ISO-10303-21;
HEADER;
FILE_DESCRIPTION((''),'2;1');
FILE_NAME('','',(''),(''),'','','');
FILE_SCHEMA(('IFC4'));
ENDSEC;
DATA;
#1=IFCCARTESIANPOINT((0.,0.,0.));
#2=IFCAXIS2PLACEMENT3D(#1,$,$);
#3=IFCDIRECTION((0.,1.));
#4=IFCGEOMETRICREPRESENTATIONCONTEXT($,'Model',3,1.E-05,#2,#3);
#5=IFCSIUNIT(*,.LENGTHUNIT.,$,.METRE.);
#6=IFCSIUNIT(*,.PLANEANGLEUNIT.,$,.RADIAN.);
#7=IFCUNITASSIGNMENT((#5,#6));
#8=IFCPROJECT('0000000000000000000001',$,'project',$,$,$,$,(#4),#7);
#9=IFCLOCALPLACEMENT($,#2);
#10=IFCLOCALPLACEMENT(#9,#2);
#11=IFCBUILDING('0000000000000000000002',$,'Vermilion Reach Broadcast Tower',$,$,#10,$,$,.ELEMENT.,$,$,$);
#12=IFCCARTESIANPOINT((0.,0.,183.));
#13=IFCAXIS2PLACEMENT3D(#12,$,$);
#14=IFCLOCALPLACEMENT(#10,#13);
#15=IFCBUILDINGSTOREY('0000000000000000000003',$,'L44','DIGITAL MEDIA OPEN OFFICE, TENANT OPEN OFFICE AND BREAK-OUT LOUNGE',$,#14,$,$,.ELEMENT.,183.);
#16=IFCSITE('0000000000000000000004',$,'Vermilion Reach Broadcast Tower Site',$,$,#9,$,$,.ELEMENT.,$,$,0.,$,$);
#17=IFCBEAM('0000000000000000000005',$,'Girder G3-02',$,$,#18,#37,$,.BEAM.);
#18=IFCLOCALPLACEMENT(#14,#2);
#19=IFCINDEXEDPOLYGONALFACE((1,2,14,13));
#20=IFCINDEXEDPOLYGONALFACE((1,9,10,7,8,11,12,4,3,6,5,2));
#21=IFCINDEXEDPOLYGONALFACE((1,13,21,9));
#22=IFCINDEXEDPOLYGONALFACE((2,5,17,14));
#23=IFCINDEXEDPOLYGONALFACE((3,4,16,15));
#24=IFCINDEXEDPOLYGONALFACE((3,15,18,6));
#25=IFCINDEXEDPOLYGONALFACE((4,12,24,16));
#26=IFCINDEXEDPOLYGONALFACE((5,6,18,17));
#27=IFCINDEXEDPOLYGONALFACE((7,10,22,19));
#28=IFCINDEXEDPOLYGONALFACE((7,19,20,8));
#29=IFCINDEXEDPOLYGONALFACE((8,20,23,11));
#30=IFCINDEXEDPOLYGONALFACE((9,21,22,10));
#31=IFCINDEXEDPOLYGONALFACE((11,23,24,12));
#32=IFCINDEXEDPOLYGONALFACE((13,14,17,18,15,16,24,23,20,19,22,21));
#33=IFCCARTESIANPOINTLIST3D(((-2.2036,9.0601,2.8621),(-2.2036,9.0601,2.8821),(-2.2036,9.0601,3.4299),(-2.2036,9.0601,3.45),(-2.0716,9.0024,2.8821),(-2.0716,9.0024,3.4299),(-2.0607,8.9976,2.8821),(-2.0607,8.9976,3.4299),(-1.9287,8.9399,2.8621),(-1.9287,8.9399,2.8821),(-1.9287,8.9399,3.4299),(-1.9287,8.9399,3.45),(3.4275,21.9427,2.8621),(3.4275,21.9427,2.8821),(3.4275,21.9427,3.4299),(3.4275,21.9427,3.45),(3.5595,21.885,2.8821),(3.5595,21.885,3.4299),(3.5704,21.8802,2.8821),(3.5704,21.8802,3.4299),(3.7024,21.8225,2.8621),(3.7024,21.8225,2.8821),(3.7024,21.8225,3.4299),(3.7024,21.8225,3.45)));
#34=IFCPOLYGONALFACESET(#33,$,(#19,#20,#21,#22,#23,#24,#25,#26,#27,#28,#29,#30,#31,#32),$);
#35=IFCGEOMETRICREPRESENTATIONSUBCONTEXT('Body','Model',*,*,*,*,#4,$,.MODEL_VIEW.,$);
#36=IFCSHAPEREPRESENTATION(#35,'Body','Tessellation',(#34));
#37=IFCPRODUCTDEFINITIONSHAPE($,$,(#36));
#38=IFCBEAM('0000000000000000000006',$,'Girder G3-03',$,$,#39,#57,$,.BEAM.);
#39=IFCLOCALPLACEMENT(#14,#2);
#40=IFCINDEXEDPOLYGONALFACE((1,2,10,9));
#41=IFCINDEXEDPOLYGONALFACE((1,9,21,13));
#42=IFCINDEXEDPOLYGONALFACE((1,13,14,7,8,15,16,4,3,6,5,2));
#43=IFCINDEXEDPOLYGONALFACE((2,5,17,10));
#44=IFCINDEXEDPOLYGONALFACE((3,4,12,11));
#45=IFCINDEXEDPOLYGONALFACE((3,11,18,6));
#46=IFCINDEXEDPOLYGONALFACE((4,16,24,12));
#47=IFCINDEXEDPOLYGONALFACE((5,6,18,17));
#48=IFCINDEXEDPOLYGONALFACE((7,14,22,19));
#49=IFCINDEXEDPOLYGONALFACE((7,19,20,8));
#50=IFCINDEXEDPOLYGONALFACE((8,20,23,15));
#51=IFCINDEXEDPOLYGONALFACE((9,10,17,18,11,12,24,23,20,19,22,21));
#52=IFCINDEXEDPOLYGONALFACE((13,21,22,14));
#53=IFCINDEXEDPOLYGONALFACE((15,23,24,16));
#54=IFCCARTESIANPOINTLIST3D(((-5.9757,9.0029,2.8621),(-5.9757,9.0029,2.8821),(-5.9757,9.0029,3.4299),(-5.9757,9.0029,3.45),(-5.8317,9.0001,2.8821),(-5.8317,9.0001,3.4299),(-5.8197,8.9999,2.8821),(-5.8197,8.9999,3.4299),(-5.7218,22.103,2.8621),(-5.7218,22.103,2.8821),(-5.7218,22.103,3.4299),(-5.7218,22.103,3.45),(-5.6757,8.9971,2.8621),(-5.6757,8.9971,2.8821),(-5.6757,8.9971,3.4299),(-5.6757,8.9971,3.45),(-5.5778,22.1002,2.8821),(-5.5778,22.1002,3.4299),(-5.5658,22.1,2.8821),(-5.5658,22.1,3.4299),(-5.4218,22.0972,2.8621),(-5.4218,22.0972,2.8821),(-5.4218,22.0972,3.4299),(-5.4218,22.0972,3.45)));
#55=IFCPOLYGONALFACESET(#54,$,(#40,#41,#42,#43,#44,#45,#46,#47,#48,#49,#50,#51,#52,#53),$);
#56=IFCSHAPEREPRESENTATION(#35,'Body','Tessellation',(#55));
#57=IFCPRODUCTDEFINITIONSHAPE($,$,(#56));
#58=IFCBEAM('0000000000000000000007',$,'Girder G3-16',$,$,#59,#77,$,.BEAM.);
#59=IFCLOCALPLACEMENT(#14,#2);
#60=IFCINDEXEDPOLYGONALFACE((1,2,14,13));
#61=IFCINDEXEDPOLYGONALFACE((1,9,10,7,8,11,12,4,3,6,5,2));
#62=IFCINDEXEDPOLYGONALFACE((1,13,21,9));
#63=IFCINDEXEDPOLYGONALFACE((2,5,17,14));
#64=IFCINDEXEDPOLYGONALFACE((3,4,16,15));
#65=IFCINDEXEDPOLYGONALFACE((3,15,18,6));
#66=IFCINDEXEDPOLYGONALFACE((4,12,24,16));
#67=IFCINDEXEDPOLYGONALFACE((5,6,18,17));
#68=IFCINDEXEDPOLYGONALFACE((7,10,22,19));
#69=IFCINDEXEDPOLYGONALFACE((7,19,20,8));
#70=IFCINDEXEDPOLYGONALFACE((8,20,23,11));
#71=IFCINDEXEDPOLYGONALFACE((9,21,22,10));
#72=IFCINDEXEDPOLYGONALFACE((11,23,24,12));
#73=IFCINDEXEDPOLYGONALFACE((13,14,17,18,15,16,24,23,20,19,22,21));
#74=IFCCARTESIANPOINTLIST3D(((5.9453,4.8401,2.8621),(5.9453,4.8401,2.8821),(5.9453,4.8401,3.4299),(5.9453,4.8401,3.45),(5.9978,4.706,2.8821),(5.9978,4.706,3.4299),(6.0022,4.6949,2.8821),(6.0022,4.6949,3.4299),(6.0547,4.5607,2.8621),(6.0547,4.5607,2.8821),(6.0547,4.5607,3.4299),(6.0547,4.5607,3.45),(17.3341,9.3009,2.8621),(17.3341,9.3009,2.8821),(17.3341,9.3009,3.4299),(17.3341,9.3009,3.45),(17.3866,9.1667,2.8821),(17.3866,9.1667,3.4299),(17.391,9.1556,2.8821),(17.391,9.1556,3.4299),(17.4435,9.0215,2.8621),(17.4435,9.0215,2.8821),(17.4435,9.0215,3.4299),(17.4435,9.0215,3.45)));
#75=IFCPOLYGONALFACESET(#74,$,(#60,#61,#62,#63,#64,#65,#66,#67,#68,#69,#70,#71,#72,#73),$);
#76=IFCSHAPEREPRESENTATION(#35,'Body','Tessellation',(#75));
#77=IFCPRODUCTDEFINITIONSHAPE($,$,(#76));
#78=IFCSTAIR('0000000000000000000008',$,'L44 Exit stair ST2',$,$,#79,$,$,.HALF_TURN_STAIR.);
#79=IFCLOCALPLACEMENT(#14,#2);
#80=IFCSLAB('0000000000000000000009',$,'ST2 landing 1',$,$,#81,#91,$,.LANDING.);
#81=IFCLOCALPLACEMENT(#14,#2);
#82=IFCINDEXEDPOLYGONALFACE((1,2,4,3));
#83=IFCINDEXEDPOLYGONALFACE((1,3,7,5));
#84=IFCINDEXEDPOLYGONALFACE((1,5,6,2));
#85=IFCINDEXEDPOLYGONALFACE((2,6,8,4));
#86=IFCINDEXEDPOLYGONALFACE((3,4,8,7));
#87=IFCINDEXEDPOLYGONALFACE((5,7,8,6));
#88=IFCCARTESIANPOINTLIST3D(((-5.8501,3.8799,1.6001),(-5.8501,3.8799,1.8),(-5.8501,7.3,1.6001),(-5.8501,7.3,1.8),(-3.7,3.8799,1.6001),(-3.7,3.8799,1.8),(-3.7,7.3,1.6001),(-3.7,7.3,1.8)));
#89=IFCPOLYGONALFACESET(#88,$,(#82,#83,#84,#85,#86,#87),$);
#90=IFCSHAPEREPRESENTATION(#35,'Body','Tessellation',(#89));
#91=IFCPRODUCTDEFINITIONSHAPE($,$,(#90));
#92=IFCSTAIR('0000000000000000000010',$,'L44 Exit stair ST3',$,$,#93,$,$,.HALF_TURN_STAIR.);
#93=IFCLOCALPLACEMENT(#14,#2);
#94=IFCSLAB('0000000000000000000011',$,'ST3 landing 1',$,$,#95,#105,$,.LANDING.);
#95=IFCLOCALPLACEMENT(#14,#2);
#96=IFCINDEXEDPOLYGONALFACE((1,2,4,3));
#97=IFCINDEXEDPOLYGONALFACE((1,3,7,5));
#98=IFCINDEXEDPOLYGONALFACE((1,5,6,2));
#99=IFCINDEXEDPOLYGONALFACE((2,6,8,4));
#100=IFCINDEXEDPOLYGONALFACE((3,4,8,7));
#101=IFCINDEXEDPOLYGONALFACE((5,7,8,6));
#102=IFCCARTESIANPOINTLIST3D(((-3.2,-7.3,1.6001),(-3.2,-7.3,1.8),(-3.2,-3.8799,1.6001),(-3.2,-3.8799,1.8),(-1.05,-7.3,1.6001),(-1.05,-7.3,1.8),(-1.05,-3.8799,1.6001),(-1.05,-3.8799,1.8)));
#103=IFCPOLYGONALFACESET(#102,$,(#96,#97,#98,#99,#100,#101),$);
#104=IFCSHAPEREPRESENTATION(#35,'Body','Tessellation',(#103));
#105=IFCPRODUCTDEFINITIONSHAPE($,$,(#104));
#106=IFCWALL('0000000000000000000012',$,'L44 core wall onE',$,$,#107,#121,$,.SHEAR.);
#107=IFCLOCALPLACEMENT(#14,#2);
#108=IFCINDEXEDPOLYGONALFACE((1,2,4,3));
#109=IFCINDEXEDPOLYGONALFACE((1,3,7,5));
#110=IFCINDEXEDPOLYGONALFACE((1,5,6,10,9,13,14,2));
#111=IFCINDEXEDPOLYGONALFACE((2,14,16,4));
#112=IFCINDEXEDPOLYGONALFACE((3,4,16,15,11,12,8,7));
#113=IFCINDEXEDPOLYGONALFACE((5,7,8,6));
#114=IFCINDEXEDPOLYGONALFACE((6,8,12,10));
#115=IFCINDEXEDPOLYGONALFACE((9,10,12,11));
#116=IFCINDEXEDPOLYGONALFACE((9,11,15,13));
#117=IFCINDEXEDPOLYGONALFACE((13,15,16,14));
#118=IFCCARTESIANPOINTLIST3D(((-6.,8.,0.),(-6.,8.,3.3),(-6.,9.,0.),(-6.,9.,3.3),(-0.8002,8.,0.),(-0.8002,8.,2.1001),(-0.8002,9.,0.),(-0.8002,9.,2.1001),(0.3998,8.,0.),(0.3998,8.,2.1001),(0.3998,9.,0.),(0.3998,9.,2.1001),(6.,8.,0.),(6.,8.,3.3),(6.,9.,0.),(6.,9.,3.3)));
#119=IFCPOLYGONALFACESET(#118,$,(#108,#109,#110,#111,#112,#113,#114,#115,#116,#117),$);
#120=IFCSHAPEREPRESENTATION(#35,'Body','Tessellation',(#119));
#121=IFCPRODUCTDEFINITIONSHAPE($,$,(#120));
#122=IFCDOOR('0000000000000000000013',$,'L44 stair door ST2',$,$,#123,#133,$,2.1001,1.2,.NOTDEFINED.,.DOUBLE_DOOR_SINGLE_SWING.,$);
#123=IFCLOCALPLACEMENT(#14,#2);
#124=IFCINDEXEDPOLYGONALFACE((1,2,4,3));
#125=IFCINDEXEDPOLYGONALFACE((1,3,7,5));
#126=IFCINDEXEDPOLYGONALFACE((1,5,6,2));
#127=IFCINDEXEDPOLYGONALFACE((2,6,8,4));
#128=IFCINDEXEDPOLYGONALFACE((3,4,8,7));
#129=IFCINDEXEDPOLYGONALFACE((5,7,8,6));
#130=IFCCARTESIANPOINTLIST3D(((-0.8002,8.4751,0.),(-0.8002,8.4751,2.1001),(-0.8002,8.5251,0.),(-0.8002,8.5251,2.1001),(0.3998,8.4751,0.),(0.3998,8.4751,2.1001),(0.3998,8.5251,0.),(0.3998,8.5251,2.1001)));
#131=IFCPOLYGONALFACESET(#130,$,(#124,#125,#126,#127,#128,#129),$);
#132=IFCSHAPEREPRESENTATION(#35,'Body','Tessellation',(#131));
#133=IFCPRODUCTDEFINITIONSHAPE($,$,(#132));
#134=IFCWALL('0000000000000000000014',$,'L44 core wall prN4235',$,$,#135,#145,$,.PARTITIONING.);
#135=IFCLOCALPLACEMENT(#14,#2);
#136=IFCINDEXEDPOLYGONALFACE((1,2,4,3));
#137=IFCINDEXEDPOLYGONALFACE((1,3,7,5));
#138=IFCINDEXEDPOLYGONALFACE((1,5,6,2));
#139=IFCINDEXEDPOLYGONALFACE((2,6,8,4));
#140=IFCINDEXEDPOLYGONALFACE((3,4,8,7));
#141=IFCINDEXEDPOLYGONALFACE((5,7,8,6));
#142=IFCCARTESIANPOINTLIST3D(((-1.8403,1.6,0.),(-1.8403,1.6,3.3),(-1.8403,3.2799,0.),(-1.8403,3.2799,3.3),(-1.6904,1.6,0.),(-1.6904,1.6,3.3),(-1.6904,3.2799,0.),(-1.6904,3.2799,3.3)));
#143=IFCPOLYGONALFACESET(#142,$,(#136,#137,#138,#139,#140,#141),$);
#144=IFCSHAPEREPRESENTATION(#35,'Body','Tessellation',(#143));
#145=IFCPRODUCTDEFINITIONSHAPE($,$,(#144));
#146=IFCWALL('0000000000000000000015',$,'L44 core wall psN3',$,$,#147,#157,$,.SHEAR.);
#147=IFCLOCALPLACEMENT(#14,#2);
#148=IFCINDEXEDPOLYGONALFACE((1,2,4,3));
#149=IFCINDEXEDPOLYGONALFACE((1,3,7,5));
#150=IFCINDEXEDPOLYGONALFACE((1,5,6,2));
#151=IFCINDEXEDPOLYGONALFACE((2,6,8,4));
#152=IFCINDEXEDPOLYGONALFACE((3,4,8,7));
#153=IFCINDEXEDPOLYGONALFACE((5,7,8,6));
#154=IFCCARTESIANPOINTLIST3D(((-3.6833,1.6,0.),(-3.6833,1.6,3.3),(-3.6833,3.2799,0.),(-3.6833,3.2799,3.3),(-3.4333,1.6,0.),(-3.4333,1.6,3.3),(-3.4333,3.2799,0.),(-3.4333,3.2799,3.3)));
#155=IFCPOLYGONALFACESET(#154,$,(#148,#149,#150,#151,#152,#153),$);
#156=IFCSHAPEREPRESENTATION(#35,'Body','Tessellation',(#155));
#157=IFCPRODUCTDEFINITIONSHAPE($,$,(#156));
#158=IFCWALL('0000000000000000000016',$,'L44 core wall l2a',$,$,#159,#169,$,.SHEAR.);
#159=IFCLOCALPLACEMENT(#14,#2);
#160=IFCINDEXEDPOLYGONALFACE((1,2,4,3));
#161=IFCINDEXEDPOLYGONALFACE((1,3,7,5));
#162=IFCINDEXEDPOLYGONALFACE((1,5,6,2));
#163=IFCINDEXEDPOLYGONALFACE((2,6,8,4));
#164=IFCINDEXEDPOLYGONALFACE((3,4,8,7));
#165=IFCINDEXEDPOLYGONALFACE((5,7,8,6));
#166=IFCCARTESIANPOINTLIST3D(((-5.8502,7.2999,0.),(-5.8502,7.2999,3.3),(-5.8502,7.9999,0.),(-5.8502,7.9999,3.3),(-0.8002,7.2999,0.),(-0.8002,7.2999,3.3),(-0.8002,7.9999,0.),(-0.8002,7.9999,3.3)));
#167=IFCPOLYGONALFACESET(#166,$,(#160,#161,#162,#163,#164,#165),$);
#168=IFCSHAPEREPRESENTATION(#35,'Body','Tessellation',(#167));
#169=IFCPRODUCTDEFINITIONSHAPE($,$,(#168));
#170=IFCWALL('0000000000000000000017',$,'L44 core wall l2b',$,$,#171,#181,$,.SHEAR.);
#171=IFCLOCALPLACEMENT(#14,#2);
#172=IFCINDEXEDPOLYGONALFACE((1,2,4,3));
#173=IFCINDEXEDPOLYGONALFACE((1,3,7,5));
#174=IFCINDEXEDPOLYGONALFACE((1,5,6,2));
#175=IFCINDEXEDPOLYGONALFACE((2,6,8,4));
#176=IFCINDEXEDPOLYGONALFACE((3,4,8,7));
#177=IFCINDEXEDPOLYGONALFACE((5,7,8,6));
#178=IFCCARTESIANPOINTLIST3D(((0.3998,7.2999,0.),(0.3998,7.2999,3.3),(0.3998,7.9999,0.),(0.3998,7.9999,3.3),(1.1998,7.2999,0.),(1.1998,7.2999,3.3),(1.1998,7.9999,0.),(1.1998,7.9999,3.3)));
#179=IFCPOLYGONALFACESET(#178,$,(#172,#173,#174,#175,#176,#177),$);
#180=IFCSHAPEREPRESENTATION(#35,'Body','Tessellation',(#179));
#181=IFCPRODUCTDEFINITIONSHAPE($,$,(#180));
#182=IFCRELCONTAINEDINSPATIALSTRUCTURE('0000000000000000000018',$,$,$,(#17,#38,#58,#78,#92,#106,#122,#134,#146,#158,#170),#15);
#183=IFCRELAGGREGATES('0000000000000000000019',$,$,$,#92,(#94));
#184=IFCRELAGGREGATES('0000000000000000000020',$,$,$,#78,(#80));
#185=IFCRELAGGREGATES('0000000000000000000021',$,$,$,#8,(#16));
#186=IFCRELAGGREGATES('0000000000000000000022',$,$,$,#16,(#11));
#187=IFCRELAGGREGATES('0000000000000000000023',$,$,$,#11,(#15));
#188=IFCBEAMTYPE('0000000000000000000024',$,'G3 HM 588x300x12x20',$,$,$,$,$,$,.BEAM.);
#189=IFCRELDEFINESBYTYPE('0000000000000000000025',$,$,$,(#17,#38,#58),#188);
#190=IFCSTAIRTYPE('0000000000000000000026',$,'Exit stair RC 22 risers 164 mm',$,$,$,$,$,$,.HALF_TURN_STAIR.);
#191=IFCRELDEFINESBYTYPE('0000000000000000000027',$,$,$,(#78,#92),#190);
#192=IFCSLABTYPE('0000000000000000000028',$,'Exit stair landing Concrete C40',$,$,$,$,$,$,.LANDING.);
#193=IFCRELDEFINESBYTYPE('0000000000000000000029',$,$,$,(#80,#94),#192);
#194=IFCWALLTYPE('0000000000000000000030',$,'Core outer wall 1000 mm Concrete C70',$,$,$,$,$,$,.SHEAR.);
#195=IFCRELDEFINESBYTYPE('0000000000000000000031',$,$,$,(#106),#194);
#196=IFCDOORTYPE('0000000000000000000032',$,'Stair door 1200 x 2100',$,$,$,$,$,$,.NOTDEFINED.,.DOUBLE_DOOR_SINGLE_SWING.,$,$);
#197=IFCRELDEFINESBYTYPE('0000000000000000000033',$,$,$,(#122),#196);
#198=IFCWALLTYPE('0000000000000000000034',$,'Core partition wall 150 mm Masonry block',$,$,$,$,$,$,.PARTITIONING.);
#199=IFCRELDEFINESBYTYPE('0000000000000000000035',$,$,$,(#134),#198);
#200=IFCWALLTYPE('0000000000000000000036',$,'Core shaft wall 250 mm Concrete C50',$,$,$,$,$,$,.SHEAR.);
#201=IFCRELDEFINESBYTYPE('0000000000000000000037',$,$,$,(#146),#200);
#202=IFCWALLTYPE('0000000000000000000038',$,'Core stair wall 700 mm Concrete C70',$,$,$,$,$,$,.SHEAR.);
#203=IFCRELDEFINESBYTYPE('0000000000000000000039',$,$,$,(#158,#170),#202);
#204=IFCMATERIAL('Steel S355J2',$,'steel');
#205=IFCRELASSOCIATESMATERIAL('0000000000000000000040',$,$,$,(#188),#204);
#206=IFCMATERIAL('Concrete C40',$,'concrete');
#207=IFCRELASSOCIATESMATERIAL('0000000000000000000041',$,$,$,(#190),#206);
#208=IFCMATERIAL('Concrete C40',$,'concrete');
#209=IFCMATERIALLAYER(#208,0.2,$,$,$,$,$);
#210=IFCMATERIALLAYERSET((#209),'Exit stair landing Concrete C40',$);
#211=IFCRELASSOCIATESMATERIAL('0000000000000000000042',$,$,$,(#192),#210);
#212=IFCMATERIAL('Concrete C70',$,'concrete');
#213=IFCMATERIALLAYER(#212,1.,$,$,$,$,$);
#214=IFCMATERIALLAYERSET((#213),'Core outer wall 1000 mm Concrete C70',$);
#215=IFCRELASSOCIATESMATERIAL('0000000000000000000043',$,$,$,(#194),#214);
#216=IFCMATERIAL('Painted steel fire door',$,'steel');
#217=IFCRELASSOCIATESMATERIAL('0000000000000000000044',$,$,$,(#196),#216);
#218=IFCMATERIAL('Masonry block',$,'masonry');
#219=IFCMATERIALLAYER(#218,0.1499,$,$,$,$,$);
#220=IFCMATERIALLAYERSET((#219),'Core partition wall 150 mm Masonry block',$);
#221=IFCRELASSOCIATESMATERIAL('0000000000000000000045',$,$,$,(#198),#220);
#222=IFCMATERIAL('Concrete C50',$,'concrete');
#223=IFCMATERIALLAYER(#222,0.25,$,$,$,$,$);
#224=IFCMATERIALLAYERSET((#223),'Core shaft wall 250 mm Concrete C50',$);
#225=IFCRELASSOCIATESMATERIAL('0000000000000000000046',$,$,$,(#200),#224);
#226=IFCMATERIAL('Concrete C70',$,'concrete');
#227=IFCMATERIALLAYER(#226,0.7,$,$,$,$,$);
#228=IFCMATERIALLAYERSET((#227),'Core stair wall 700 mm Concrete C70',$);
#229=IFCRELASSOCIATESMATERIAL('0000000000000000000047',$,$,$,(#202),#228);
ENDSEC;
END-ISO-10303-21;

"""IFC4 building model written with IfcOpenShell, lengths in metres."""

from ifc_helpers import new_model, si_unit, direction, frame, frame_2d, origin, origin_2d, place, context, subcontext, project, spatial, polyline, rectangle, i_section, outline, extrude, material, layer, layer_set, material_profile, profile_set, type_object, element, fill, aggregate, save


model = new_model("IFC4")

# Units and contexts
model_context = context("Model", 3, precision=1e-05, world=origin(), true_north=direction((0.0, 1.0)))
body_context = subcontext(model_context, "Body", "Model", "MODEL_VIEW")
ifc_project = project(units=[si_unit("LENGTHUNIT", "METRE"), si_unit("PLANEANGLEUNIT", "RADIAN")], contexts=[model_context])

# Site, building, storey
site_placement = place(None, origin())
site = spatial("IfcSite", under=ifc_project, at=site_placement, Name="Vermilion Reach Broadcast Tower Site", CompositionType="ELEMENT", RefElevation=0.0)
building_placement = place(site_placement, origin())
building = spatial("IfcBuilding", under=site, at=building_placement, Name="Vermilion Reach Broadcast Tower", CompositionType="ELEMENT")
storey_placement = place(building_placement, frame((0.0, 0.0, 183.0)))
storey = spatial("IfcBuildingStorey", under=building, at=storey_placement, Name="L44", Description="DIGITAL MEDIA OPEN OFFICE, TENANT OPEN OFFICE AND BREAK-OUT LOUNGE", CompositionType="ELEMENT", Elevation=183.0)

# Beams
ifc_material_1 = material(Name="Steel S355J2", Category="steel")
ifc_material_profile = material_profile(ifc_material_1, i_section(OverallWidth=0.3, OverallDepth=0.5879, WebThickness=0.012, FlangeThickness=0.02, at=origin_2d()), Name="S355J2 HM 588x300x12x20")
ifc_profile_set = profile_set([ifc_material_profile], Name="Steel S355J2")
beam_type = type_object("IfcBeamType", Name="G3 HM 588x300x12x20", PredefinedType="BEAM", material=ifc_profile_set)
beam_1_placement = place(storey_placement, frame((-2.0662, 9.0, 3.156), z_axis=(0.400519, 0.916288, 0.0), x_axis=(-0.916288, 0.400519, 0.0)))
element("IfcBeam", 1, at=beam_1_placement, inside=storey, type_object=beam_type, Name="Girder G3-02", PredefinedType="BEAM", context=body_context, shape_type="SweptSolid", body=[
    extrude(i_section(OverallWidth=0.3, OverallDepth=0.5879, WebThickness=0.012, FlangeThickness=0.02, at=origin_2d()), origin(), (0.0, 0.0, 1.0), 14.0596),
])
beam_2_placement = place(storey_placement, frame((-5.8257, 9.0, 3.156), z_axis=(0.019378, 0.999812, 0.0), x_axis=(-0.999812, 0.019378, 0.0)))
element("IfcBeam", 2, at=beam_2_placement, inside=storey, type_object=beam_type, Name="Girder G3-03", PredefinedType="BEAM", context=body_context, shape_type="SweptSolid", body=[
    extrude(i_section(OverallWidth=0.3, OverallDepth=0.5879, WebThickness=0.012, FlangeThickness=0.02, at=origin_2d()), origin(), (0.0, 0.0, 1.0), 13.1025),
])
beam_3_placement = place(storey_placement, frame((6.0, 4.7004, 3.156), z_axis=(0.931125, 0.364701, 0.0), x_axis=(-0.364701, 0.931125, 0.0)))
element("IfcBeam", 3, at=beam_3_placement, inside=storey, type_object=beam_type, Name="Girder G3-16", PredefinedType="BEAM", context=body_context, shape_type="SweptSolid", body=[
    extrude(i_section(OverallWidth=0.3, OverallDepth=0.5879, WebThickness=0.012, FlangeThickness=0.02, at=origin_2d()), origin(), (0.0, 0.0, 1.0), 12.2312),
])

# Stairs, slabs
ifc_material_2 = material(Name="Concrete C40", Category="concrete")
stair_type = type_object("IfcStairType", Name="Exit stair RC 22 risers 164 mm", PredefinedType="HALF_TURN_STAIR", material=ifc_material_2)
placement_1 = place(storey_placement, origin())
stair_1 = element("IfcStair", 4, at=placement_1, inside=storey, type_object=stair_type, Name="L44 Exit stair ST2", PredefinedType="HALF_TURN_STAIR")
ifc_material_3 = material(Name="Concrete C40", Category="concrete")
ifc_layer_1 = layer(ifc_material_3, 0.2)
ifc_layer_set_1 = layer_set([ifc_layer_1], Name="Exit stair landing Concrete C40")
slab_type = type_object("IfcSlabType", Name="Exit stair landing Concrete C40", PredefinedType="LANDING", material=ifc_layer_set_1)
placement_2 = place(storey_placement, frame((0.0, 0.0, 1.6001)))
slab_1 = element("IfcSlab", 5, at=placement_2, type_object=slab_type, Name="ST2 landing 1", PredefinedType="LANDING", context=body_context, shape_type="SweptSolid", body=[
    extrude(outline(polyline([(-3.7, 7.3), (-5.8501, 7.3), (-5.8501, 3.8799), (-3.7, 3.8799), (-3.7, 7.3)])), origin(), (0.0, 0.0, 1.0), 0.2),
])
stair_2 = element("IfcStair", 6, at=placement_1, inside=storey, type_object=stair_type, Name="L44 Exit stair ST3", PredefinedType="HALF_TURN_STAIR")
slab_2 = element("IfcSlab", 7, at=placement_2, type_object=slab_type, Name="ST3 landing 1", PredefinedType="LANDING", context=body_context, shape_type="SweptSolid", body=[
    extrude(outline(polyline([(-3.2, -7.3), (-1.05, -7.3), (-1.05, -3.8799), (-3.2, -3.8799), (-3.2, -7.3)])), origin(), (0.0, 0.0, 1.0), 0.2),
])
aggregate(stair_2, [slab_2])

# Wall, opening, door
ifc_material_4 = material(Name="Concrete C70", Category="concrete")
ifc_layer_2 = layer(ifc_material_4, 1.0)
ifc_layer_set_2 = layer_set([ifc_layer_2], Name="Core outer wall 1000 mm Concrete C70")
wall_type_1 = type_object("IfcWallType", Name="Core outer wall 1000 mm Concrete C70", PredefinedType="SHEAR", material=ifc_layer_set_2)
wall_1_placement = place(storey_placement, frame((6.0, 8.5, 0.0), z_axis=(0.0, 0.0, 1.0), x_axis=(-1.0, 0.0, 0.0)))
wall_1 = element("IfcWall", 8, at=wall_1_placement, inside=storey, type_object=wall_type_1, Name="L44 core wall onE", PredefinedType="SHEAR", context=body_context, shape_type="SweptSolid", body=[
    extrude(rectangle(XDim=12.0, YDim=1.0, at=frame_2d((6.0, 0.0))), origin(), (0.0, 0.0, 1.0), 3.3),
])
opening_placement = place(wall_1_placement, frame((5.6001, 0.0, 0.0)))
opening = element("IfcOpeningElement", 9, at=opening_placement, cuts=wall_1, PredefinedType="OPENING", context=body_context, shape_type="SweptSolid", body=[
    extrude(rectangle(XDim=1.2, YDim=2.1001, at=frame_2d((0.6001, 1.05))), frame((0.0, 0.51, 0.0), z_axis=(0.0, -1.0, 0.0), x_axis=(1.0, 0.0, 0.0)), (0.0, 0.0, 1.0), 1.02),
])
ifc_material_5 = material(Name="Painted steel fire door", Category="steel")
door_type = type_object("IfcDoorType", Name="Stair door 1200 x 2100", OperationType="DOUBLE_DOOR_SINGLE_SWING", PredefinedType="NOTDEFINED", material=ifc_material_5)
door_placement = place(opening_placement, origin())
door = element("IfcDoor", 10, at=door_placement, inside=storey, type_object=door_type, Name="L44 stair door ST2", OperationType="DOUBLE_DOOR_SINGLE_SWING", OverallHeight=2.1001, OverallWidth=1.2, PredefinedType="NOTDEFINED", context=body_context, shape_type="SweptSolid", body=[
    extrude(rectangle(XDim=1.2, YDim=2.1001, at=frame_2d((0.6001, 1.05))), frame((0.0, 0.0249, 0.0), z_axis=(0.0, -1.0, 0.0), x_axis=(1.0, 0.0, 0.0)), (0.0, 0.0, 1.0), 0.05),
])
fill(opening, door)

# Walls
ifc_material_6 = material(Name="Masonry block", Category="masonry")
ifc_layer_3 = layer(ifc_material_6, 0.1499)
ifc_layer_set_3 = layer_set([ifc_layer_3], Name="Core partition wall 150 mm Masonry block")
wall_type_2 = type_object("IfcWallType", Name="Core partition wall 150 mm Masonry block", PredefinedType="PARTITIONING", material=ifc_layer_set_3)
wall_2_placement = place(storey_placement, frame((-1.7654, 1.6001, 0.0), z_axis=(0.0, 0.0, 1.0), x_axis=(0.0, 1.0, 0.0)))
element("IfcWall", 11, at=wall_2_placement, inside=storey, type_object=wall_type_2, Name="L44 core wall prN4235", PredefinedType="PARTITIONING", context=body_context, shape_type="SweptSolid", body=[
    extrude(rectangle(XDim=1.6799, YDim=0.1499, at=frame_2d((0.8398, 0.0))), origin(), (0.0, 0.0, 1.0), 3.3),
])
ifc_material_7 = material(Name="Concrete C50", Category="concrete")
ifc_layer_4 = layer(ifc_material_7, 0.25)
ifc_layer_set_4 = layer_set([ifc_layer_4], Name="Core shaft wall 250 mm Concrete C50")
wall_type_3 = type_object("IfcWallType", Name="Core shaft wall 250 mm Concrete C50", PredefinedType="SHEAR", material=ifc_layer_set_4)
wall_3_placement = place(storey_placement, frame((-3.5583, 1.6001, 0.0), z_axis=(0.0, 0.0, 1.0), x_axis=(0.0, 1.0, 0.0)))
element("IfcWall", 12, at=wall_3_placement, inside=storey, type_object=wall_type_3, Name="L44 core wall psN3", PredefinedType="SHEAR", context=body_context, shape_type="SweptSolid", body=[
    extrude(rectangle(XDim=1.6799, YDim=0.25, at=frame_2d((0.8398, 0.0))), origin(), (0.0, 0.0, 1.0), 3.3),
])
ifc_material_8 = material(Name="Concrete C70", Category="concrete")
ifc_layer_5 = layer(ifc_material_8, 0.7)
ifc_layer_set_5 = layer_set([ifc_layer_5], Name="Core stair wall 700 mm Concrete C70")
wall_type_4 = type_object("IfcWallType", Name="Core stair wall 700 mm Concrete C70", PredefinedType="SHEAR", material=ifc_layer_set_5)
wall_4_placement = place(storey_placement, frame((-5.8501, 7.6499, 0.0), z_axis=(0.0, 0.0, 1.0), x_axis=(1.0, 0.0, 0.0)))
element("IfcWall", 13, at=wall_4_placement, inside=storey, type_object=wall_type_4, Name="L44 core wall l2a", PredefinedType="SHEAR", context=body_context, shape_type="SweptSolid", body=[
    extrude(rectangle(XDim=5.05, YDim=0.7, at=frame_2d((2.5249, 0.0))), origin(), (0.0, 0.0, 1.0), 3.3),
])
wall_5_placement = place(storey_placement, frame((0.3999, 7.6499, 0.0), z_axis=(0.0, 0.0, 1.0), x_axis=(1.0, 0.0, 0.0)))
element("IfcWall", 14, at=wall_5_placement, inside=storey, type_object=wall_type_4, Name="L44 core wall l2b", PredefinedType="SHEAR", context=body_context, shape_type="SweptSolid", body=[
    extrude(rectangle(XDim=0.8, YDim=0.7, at=frame_2d((0.3999, 0.0))), origin(), (0.0, 0.0, 1.0), 3.3),
])

aggregate(stair_1, [slab_1])

save(model, "model.ifc")
